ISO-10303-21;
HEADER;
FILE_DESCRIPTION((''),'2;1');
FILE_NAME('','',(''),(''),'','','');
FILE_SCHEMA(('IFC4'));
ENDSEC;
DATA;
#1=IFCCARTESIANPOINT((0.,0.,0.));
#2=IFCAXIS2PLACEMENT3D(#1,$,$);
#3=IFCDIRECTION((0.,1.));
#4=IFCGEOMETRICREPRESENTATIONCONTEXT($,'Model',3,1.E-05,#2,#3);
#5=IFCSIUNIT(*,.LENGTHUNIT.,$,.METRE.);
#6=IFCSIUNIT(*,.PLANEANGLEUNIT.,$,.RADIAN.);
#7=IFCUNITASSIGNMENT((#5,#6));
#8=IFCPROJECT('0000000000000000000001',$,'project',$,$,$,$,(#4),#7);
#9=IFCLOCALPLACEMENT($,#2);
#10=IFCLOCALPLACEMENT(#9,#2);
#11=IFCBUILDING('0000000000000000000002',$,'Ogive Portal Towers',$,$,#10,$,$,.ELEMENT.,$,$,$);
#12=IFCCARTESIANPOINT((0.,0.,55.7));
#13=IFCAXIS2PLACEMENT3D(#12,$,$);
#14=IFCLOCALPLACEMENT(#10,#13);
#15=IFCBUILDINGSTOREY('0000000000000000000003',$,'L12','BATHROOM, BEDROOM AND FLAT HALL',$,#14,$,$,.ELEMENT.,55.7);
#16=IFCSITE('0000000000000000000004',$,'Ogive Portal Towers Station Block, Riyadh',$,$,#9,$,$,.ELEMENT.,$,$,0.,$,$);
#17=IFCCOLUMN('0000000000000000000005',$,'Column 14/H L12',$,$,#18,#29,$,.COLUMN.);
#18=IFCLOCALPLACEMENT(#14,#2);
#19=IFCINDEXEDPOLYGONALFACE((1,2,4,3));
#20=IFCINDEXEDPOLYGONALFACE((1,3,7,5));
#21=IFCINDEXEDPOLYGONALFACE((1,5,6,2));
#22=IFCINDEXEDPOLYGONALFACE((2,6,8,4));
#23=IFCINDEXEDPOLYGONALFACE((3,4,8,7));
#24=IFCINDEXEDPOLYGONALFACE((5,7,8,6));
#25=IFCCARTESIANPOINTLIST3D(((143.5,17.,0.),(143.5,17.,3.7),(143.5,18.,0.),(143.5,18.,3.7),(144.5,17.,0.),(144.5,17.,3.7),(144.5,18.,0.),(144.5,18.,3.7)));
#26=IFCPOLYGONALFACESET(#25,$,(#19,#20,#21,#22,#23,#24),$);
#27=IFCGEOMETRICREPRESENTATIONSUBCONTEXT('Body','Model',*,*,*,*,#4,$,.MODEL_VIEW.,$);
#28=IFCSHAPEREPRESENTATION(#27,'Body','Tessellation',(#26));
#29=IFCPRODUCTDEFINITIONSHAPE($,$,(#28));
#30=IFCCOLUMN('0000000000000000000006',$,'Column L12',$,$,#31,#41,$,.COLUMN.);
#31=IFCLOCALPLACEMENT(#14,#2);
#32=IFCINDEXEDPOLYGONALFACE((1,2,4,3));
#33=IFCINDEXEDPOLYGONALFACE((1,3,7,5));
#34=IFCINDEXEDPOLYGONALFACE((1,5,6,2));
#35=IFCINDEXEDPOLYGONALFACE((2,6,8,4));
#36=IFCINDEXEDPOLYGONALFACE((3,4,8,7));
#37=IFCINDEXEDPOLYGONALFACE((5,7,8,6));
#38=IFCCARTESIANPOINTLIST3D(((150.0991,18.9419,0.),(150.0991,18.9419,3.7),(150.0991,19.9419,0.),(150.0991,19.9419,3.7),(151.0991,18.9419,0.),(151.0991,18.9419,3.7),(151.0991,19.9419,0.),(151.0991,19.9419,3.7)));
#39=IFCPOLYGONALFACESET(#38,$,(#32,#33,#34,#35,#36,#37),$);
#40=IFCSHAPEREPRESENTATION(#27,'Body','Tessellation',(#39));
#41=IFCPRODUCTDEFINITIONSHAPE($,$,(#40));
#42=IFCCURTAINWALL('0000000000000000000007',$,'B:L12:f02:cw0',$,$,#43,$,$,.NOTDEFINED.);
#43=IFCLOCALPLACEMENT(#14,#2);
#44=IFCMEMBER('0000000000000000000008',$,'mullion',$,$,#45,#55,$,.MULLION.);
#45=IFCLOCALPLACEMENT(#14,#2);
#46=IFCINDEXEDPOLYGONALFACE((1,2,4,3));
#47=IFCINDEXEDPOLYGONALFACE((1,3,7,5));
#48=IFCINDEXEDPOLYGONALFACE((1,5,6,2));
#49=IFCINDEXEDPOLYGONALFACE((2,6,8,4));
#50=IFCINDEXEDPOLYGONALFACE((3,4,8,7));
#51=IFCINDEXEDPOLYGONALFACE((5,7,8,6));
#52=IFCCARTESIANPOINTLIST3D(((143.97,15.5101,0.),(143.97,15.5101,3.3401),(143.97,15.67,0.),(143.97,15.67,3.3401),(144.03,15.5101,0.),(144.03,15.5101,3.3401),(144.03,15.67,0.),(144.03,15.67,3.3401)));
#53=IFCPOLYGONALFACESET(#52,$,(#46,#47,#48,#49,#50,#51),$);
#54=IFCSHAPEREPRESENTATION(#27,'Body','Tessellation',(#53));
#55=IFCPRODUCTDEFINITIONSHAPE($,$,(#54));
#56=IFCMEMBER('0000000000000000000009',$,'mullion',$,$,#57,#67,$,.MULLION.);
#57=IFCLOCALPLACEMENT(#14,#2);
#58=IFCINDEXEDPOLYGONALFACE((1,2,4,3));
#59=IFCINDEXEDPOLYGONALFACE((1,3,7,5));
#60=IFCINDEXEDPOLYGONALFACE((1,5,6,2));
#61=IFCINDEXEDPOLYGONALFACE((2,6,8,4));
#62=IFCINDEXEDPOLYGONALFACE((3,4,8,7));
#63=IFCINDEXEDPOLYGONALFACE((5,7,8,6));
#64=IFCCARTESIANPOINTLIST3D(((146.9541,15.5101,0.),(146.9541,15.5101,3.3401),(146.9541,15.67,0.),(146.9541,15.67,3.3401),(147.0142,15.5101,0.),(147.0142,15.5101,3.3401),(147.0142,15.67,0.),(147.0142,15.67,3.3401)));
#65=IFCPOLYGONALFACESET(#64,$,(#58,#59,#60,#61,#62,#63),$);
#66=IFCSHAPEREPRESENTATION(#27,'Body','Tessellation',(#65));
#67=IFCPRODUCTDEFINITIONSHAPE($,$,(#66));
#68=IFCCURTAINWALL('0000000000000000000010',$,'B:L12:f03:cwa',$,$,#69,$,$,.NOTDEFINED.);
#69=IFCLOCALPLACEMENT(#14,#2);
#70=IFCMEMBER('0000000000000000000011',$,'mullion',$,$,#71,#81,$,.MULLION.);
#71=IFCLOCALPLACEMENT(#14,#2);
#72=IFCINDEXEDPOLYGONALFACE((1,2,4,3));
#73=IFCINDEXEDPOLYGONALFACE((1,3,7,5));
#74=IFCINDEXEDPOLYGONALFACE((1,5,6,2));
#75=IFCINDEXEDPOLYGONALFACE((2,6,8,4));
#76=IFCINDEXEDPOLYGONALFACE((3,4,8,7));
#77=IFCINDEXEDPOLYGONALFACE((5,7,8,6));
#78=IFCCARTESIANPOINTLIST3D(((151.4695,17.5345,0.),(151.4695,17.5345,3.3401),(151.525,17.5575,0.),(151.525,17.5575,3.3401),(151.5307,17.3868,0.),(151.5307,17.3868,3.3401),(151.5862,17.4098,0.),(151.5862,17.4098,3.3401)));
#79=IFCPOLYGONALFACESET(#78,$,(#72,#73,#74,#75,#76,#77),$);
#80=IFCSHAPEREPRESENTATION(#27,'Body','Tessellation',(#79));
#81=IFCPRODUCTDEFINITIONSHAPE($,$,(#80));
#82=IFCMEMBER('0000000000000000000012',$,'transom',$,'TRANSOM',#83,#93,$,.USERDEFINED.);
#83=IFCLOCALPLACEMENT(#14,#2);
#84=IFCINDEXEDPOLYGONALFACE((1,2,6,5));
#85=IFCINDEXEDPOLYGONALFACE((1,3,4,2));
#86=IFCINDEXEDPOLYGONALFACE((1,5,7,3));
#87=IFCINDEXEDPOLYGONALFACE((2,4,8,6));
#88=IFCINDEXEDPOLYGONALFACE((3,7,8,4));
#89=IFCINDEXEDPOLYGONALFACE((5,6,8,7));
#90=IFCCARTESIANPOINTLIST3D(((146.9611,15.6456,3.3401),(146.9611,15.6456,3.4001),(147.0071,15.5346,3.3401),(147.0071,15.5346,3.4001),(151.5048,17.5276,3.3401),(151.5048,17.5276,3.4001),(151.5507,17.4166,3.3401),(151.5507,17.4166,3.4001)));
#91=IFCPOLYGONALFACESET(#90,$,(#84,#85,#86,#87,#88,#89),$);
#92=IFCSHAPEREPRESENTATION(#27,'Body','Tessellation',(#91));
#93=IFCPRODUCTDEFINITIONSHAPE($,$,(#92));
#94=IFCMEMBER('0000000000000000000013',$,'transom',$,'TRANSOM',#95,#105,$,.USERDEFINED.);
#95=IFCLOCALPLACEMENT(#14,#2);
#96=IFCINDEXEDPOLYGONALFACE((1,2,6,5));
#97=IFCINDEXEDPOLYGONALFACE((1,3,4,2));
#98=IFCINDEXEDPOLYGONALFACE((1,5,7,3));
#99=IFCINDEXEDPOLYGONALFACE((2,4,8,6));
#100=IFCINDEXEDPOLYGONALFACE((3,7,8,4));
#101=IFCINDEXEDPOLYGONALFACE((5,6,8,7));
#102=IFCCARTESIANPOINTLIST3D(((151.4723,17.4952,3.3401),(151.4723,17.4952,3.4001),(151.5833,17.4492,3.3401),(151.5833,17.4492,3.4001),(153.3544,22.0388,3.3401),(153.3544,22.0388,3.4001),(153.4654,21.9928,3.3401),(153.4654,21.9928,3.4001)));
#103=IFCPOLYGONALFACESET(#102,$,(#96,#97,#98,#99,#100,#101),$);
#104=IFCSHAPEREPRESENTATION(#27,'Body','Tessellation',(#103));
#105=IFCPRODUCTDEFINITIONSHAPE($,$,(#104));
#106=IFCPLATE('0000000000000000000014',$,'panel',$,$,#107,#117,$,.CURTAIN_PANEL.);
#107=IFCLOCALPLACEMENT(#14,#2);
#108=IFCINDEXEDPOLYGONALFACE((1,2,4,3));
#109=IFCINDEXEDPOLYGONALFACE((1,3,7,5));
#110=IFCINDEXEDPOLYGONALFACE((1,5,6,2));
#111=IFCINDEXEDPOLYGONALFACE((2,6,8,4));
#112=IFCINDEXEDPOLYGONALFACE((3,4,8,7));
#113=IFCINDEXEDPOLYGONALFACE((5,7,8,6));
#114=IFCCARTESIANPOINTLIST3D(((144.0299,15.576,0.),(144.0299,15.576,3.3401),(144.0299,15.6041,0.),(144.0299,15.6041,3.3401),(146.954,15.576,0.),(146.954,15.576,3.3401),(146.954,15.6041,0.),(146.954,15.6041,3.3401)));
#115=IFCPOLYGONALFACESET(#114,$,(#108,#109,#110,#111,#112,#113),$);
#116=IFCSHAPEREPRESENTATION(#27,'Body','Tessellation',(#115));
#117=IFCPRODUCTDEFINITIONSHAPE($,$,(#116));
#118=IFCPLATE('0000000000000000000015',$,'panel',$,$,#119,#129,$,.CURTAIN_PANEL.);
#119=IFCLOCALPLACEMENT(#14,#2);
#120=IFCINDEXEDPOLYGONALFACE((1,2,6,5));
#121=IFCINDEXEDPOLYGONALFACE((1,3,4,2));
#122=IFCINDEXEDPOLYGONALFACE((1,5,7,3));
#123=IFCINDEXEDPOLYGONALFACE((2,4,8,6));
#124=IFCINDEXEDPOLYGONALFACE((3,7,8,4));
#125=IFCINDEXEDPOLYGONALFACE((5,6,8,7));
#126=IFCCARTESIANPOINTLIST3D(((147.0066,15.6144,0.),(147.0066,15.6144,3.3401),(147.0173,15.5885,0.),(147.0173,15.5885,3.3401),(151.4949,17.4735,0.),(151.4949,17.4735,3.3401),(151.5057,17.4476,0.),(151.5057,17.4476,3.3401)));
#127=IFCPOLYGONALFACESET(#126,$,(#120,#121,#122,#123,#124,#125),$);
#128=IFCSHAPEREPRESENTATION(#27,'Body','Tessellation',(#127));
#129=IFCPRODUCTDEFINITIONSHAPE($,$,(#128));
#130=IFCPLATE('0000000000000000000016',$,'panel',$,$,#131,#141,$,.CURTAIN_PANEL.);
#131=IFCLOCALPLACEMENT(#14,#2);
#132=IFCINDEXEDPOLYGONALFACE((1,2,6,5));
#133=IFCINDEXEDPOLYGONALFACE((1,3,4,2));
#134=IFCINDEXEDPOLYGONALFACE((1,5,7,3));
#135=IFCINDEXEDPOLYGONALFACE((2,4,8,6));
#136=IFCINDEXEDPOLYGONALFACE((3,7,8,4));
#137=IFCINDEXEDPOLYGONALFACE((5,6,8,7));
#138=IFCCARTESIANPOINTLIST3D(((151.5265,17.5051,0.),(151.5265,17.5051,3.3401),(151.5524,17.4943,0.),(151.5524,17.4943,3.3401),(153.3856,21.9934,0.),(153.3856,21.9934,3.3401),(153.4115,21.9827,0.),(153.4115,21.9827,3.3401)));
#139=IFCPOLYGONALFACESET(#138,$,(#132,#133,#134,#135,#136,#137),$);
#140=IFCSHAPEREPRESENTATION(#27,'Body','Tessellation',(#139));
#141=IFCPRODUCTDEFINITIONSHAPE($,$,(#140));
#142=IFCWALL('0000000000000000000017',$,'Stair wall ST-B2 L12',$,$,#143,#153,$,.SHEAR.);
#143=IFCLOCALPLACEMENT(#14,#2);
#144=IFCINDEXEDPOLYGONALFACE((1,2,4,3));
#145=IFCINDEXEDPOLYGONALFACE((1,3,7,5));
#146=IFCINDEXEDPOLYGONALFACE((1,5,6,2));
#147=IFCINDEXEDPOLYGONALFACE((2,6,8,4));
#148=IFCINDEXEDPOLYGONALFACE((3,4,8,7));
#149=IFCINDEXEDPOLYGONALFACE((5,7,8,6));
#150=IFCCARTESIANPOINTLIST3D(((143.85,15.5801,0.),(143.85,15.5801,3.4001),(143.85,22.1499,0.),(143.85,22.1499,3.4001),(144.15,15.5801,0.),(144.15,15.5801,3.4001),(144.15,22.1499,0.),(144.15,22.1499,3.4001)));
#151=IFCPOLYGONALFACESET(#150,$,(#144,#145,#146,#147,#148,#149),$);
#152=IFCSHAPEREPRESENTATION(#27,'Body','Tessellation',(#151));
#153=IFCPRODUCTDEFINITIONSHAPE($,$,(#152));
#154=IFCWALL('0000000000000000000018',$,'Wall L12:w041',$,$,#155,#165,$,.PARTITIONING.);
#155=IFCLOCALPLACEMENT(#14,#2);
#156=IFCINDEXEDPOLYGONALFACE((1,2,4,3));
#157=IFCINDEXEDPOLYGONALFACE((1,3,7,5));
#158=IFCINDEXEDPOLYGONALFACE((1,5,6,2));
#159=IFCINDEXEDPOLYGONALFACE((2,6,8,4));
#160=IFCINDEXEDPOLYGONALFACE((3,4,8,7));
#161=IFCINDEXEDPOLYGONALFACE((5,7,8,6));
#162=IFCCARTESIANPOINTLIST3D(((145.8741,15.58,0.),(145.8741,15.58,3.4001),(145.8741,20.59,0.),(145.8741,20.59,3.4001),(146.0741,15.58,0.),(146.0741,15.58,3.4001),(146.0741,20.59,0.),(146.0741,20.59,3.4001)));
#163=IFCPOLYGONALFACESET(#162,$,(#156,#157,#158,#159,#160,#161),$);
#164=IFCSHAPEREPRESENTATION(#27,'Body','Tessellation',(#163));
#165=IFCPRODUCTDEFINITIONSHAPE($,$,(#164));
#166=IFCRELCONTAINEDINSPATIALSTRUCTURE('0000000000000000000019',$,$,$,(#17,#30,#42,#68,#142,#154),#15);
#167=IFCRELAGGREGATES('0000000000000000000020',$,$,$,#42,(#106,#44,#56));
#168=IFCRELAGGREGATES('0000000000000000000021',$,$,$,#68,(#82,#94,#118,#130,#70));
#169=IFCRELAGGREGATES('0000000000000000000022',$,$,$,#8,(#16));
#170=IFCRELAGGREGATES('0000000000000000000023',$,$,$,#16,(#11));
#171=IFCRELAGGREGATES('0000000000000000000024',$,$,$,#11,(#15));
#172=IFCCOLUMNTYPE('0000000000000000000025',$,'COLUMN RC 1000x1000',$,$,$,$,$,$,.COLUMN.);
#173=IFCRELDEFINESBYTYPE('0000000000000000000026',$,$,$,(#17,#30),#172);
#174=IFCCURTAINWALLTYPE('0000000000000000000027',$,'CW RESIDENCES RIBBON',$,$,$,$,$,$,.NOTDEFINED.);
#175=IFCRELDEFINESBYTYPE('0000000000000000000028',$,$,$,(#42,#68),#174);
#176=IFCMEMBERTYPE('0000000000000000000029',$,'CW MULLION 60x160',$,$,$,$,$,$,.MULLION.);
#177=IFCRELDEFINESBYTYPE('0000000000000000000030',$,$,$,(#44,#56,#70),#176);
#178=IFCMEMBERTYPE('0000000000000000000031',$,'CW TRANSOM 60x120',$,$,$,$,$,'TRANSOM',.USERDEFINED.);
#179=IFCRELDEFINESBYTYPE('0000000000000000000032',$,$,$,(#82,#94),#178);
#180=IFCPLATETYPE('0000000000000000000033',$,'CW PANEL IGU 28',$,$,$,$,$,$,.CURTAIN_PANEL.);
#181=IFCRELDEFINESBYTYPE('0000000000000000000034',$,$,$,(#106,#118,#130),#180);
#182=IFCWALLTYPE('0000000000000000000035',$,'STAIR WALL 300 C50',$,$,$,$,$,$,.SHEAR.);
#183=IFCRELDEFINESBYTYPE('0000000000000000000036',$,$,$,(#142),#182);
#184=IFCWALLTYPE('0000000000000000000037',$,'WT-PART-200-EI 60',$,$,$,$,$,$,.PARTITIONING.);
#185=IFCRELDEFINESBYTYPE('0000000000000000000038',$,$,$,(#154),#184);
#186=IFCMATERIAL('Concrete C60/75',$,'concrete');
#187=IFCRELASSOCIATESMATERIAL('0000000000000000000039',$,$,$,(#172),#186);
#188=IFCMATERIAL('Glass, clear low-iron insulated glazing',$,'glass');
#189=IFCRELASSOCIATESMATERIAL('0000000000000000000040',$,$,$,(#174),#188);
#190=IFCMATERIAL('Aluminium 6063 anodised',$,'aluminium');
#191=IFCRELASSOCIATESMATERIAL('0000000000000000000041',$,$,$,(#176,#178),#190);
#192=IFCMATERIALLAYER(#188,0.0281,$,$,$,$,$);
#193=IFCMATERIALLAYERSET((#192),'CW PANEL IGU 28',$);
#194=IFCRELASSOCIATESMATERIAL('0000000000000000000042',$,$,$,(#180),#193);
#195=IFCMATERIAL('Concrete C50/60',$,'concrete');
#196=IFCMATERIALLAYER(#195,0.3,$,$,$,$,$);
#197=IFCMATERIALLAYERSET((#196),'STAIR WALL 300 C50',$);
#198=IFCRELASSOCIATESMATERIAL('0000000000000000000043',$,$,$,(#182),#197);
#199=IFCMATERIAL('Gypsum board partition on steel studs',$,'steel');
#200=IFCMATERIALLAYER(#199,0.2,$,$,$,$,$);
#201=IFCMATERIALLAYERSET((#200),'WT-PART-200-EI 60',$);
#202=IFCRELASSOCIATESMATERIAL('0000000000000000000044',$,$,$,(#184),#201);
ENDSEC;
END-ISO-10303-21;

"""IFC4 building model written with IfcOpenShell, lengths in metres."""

from ifc_helpers import new_model, si_unit, direction, frame, frame_2d, origin, origin_2d, place, context, subcontext, project, spatial, rectangle, extrude, material, layer, layer_set, material_profile, profile_set, type_object, element, aggregate, save


model = new_model("IFC4")

# Units and contexts
model_context = context("Model", 3, precision=1e-05, world=origin(), true_north=direction((0.0, 1.0)))
body_context = subcontext(model_context, "Body", "Model", "MODEL_VIEW")
ifc_project = project(units=[si_unit("LENGTHUNIT", "METRE"), si_unit("PLANEANGLEUNIT", "RADIAN")], contexts=[model_context])

# Site, building, storey
site_placement = place(None, origin())
site = spatial("IfcSite", under=ifc_project, at=site_placement, Name="Ogive Portal Towers Station Block, Riyadh", CompositionType="ELEMENT", RefElevation=0.0)
building_placement = place(site_placement, origin())
building = spatial("IfcBuilding", under=site, at=building_placement, Name="Ogive Portal Towers", CompositionType="ELEMENT")
storey_placement = place(building_placement, frame((0.0, 0.0, 55.7)))
storey = spatial("IfcBuildingStorey", under=building, at=storey_placement, Name="L12", Description="BATHROOM, BEDROOM AND FLAT HALL", CompositionType="ELEMENT", Elevation=55.7)

# Columns
ifc_material_1 = material(Name="Concrete C60/75", Category="concrete")
ifc_material_profile_1 = material_profile(ifc_material_1, rectangle(XDim=1.0, YDim=1.0, at=origin_2d()), Name="RC 1000x1000")
ifc_profile_set_1 = profile_set([ifc_material_profile_1], Name="Concrete C60/75")
column_type = type_object("IfcColumnType", Name="COLUMN RC 1000x1000", PredefinedType="COLUMN", material=ifc_profile_set_1)
for number, where, z_axis, x_axis, name in (
    (1, (144.0, 17.5, 0.0), (0.0, 0.0, 1.0), (1.0, 0.0, 0.0), "Column 14/H L12"),
    (2, (150.5991, 19.4419, 0.0), (0.0, 0.0, 1.0), (1.0, 0.0, 0.0), "Column L12"),
):
    element("IfcColumn", number, at=place(storey_placement, frame(where, z_axis=z_axis, x_axis=x_axis)), inside=storey, type_object=column_type, Name=name, PredefinedType="COLUMN", context=body_context, shape_type="SweptSolid", body=[
        extrude(rectangle(XDim=1.0, YDim=1.0, at=origin_2d()), origin(), (0.0, 0.0, 1.0), 3.7),
    ])

# Curtain walls, members
ifc_material_2 = material(Name="Glass, clear low-iron insulated glazing", Category="glass")
curtain_wall_type = type_object("IfcCurtainWallType", Name="CW RESIDENCES RIBBON", PredefinedType="NOTDEFINED", material=ifc_material_2)
curtain_wall_1_placement = place(storey_placement, origin())
curtain_wall_1 = element("IfcCurtainWall", 3, at=curtain_wall_1_placement, inside=storey, type_object=curtain_wall_type, Name="B:L12:f02:cw0", PredefinedType="NOTDEFINED")
ifc_material_3 = material(Name="Aluminium 6063 anodised", Category="aluminium")
ifc_material_profile_2 = material_profile(ifc_material_3, rectangle(XDim=0.1599, YDim=0.0601, at=origin_2d()), Name="AL 60x160")
ifc_profile_set_2 = profile_set([ifc_material_profile_2], Name="Aluminium 6063 anodised")
member_type_1 = type_object("IfcMemberType", Name="CW MULLION 60x160", PredefinedType="MULLION", material=ifc_profile_set_2)
member_1_placement = place(storey_placement, frame((144.0, 15.5901, 0.0), z_axis=(0.0, 0.0, 1.0), x_axis=(0.0, 1.0, 0.0)))
member_1 = element("IfcMember", 4, at=member_1_placement, type_object=member_type_1, Name="mullion", PredefinedType="MULLION", context=body_context, shape_type="SweptSolid", body=[
    extrude(rectangle(XDim=0.1599, YDim=0.0601, at=origin_2d()), origin(), (0.0, 0.0, 1.0), 3.3401),
])
member_2_placement = place(storey_placement, frame((146.9841, 15.5901, 0.0), z_axis=(0.0, 0.0, 1.0), x_axis=(0.0, 1.0, 0.0)))
member_2 = element("IfcMember", 5, at=member_2_placement, type_object=member_type_1, Name="mullion", PredefinedType="MULLION", context=body_context, shape_type="SweptSolid", body=[
    extrude(rectangle(XDim=0.1599, YDim=0.0601, at=origin_2d()), origin(), (0.0, 0.0, 1.0), 3.3401),
])
curtain_wall_2_placement = place(storey_placement, origin())
curtain_wall_2 = element("IfcCurtainWall", 6, at=curtain_wall_2_placement, inside=storey, type_object=curtain_wall_type, Name="B:L12:f03:cwa", PredefinedType="NOTDEFINED")
member_3_placement = place(storey_placement, frame((151.5278, 17.4722, 0.0), z_axis=(0.0, 0.0, 1.0), x_axis=(-0.382683, 0.92388, 0.0)))
member_3 = element("IfcMember", 7, at=member_3_placement, type_object=member_type_1, Name="mullion", PredefinedType="MULLION", context=body_context, shape_type="SweptSolid", body=[
    extrude(rectangle(XDim=0.1599, YDim=0.0601, at=origin_2d()), origin(), (0.0, 0.0, 1.0), 3.3401),
])
ifc_material_profile_3 = material_profile(ifc_material_3, rectangle(XDim=0.1201, YDim=0.0601, at=origin_2d()), Name="AL 120x60")
ifc_profile_set_3 = profile_set([ifc_material_profile_3], Name="Aluminium 6063 anodised")
member_type_2 = type_object("IfcMemberType", Name="CW TRANSOM 60x120", ElementType="TRANSOM", PredefinedType="USERDEFINED", material=ifc_profile_set_3)
member_4_placement = place(storey_placement, frame((146.9841, 15.5901, 3.3701), z_axis=(0.923878, 0.382686, 0.0), x_axis=(-0.382686, 0.923878, 0.0)))
member_4 = element("IfcMember", 8, at=member_4_placement, type_object=member_type_2, Name="transom", ObjectType="TRANSOM", PredefinedType="USERDEFINED", context=body_context, shape_type="SweptSolid", body=[
    extrude(rectangle(XDim=0.1201, YDim=0.0601, at=origin_2d()), origin(), (0.0, 0.0, 1.0), 4.918),
])
member_5_placement = place(storey_placement, frame((151.5278, 17.4722, 3.3701), z_axis=(0.382686, 0.923878, 0.0), x_axis=(-0.923878, 0.382686, 0.0)))
member_5 = element("IfcMember", 9, at=member_5_placement, type_object=member_type_2, Name="transom", ObjectType="TRANSOM", PredefinedType="USERDEFINED", context=body_context, shape_type="SweptSolid", body=[
    extrude(rectangle(XDim=0.1201, YDim=0.0601, at=origin_2d()), origin(), (0.0, 0.0, 1.0), 4.918),
])

# Plates
ifc_layer_1 = layer(ifc_material_2, 0.0281)
ifc_layer_set_1 = layer_set([ifc_layer_1], Name="CW PANEL IGU 28")
plate_type = type_object("IfcPlateType", Name="CW PANEL IGU 28", PredefinedType="CURTAIN_PANEL", material=ifc_layer_set_1)
plate_1_placement = place(storey_placement, frame((145.4919, 15.5901, 0.0), z_axis=(0.0, 0.0, 1.0), x_axis=(1.0, 0.0, 0.0)))
plate_1 = element("IfcPlate", 10, at=plate_1_placement, type_object=plate_type, Name="panel", PredefinedType="CURTAIN_PANEL", context=body_context, shape_type="SweptSolid", body=[
    extrude(rectangle(XDim=2.9241, YDim=0.0281, at=origin_2d()), origin(), (0.0, 0.0, 1.0), 3.3401),
])
aggregate(curtain_wall_1, [plate_1, member_1, member_2])
plate_2_placement = place(storey_placement, frame((149.2561, 16.531, 0.0), z_axis=(0.0, 0.0, 1.0), x_axis=(0.92388, 0.382683, 0.0)))
plate_2 = element("IfcPlate", 11, at=plate_2_placement, type_object=plate_type, Name="panel", PredefinedType="CURTAIN_PANEL", context=body_context, shape_type="SweptSolid", body=[
    extrude(rectangle(XDim=4.8582, YDim=0.0281, at=origin_2d()), origin(), (0.0, 0.0, 1.0), 3.3401),
])
plate_3_placement = place(storey_placement, frame((152.469, 19.7439, 0.0), z_axis=(0.0, 0.0, 1.0), x_axis=(0.382683, 0.92388, 0.0)))
plate_3 = element("IfcPlate", 12, at=plate_3_placement, type_object=plate_type, Name="panel", PredefinedType="CURTAIN_PANEL", context=body_context, shape_type="SweptSolid", body=[
    extrude(rectangle(XDim=4.8582, YDim=0.0281, at=origin_2d()), origin(), (0.0, 0.0, 1.0), 3.3401),
])
aggregate(curtain_wall_2, [member_4, member_5, plate_2, plate_3, member_3])

# Walls
ifc_material_4 = material(Name="Concrete C50/60", Category="concrete")
ifc_layer_2 = layer(ifc_material_4, 0.3)
ifc_layer_set_2 = layer_set([ifc_layer_2], Name="STAIR WALL 300 C50")
wall_type_1 = type_object("IfcWallType", Name="STAIR WALL 300 C50", PredefinedType="SHEAR", material=ifc_layer_set_2)
wall_1_placement = place(storey_placement, frame((144.0, 15.5801, 0.0), z_axis=(0.0, 0.0, 1.0), x_axis=(0.0, 1.0, 0.0)))
element("IfcWall", 13, at=wall_1_placement, inside=storey, type_object=wall_type_1, Name="Stair wall ST-B2 L12", PredefinedType="SHEAR", context=body_context, shape_type="SweptSolid", body=[
    extrude(rectangle(XDim=6.5698, YDim=0.3, at=frame_2d((3.2849, 0.0))), origin(), (0.0, 0.0, 1.0), 3.4001),
])
ifc_material_5 = material(Name="Gypsum board partition on steel studs", Category="steel")
ifc_layer_3 = layer(ifc_material_5, 0.2)
ifc_layer_set_3 = layer_set([ifc_layer_3], Name="WT-PART-200-EI 60")
wall_type_2 = type_object("IfcWallType", Name="WT-PART-200-EI 60", PredefinedType="PARTITIONING", material=ifc_layer_set_3)
wall_2_placement = place(storey_placement, frame((145.9741, 15.5801, 0.0), z_axis=(0.0, 0.0, 1.0), x_axis=(0.0, 1.0, 0.0)))
element("IfcWall", 14, at=wall_2_placement, inside=storey, type_object=wall_type_2, Name="Wall L12:w041", PredefinedType="PARTITIONING", context=body_context, shape_type="SweptSolid", body=[
    extrude(rectangle(XDim=5.01, YDim=0.2, at=frame_2d((2.5049, 0.0))), origin(), (0.0, 0.0, 1.0), 3.4001),
])

save(model, "model.ifc")
